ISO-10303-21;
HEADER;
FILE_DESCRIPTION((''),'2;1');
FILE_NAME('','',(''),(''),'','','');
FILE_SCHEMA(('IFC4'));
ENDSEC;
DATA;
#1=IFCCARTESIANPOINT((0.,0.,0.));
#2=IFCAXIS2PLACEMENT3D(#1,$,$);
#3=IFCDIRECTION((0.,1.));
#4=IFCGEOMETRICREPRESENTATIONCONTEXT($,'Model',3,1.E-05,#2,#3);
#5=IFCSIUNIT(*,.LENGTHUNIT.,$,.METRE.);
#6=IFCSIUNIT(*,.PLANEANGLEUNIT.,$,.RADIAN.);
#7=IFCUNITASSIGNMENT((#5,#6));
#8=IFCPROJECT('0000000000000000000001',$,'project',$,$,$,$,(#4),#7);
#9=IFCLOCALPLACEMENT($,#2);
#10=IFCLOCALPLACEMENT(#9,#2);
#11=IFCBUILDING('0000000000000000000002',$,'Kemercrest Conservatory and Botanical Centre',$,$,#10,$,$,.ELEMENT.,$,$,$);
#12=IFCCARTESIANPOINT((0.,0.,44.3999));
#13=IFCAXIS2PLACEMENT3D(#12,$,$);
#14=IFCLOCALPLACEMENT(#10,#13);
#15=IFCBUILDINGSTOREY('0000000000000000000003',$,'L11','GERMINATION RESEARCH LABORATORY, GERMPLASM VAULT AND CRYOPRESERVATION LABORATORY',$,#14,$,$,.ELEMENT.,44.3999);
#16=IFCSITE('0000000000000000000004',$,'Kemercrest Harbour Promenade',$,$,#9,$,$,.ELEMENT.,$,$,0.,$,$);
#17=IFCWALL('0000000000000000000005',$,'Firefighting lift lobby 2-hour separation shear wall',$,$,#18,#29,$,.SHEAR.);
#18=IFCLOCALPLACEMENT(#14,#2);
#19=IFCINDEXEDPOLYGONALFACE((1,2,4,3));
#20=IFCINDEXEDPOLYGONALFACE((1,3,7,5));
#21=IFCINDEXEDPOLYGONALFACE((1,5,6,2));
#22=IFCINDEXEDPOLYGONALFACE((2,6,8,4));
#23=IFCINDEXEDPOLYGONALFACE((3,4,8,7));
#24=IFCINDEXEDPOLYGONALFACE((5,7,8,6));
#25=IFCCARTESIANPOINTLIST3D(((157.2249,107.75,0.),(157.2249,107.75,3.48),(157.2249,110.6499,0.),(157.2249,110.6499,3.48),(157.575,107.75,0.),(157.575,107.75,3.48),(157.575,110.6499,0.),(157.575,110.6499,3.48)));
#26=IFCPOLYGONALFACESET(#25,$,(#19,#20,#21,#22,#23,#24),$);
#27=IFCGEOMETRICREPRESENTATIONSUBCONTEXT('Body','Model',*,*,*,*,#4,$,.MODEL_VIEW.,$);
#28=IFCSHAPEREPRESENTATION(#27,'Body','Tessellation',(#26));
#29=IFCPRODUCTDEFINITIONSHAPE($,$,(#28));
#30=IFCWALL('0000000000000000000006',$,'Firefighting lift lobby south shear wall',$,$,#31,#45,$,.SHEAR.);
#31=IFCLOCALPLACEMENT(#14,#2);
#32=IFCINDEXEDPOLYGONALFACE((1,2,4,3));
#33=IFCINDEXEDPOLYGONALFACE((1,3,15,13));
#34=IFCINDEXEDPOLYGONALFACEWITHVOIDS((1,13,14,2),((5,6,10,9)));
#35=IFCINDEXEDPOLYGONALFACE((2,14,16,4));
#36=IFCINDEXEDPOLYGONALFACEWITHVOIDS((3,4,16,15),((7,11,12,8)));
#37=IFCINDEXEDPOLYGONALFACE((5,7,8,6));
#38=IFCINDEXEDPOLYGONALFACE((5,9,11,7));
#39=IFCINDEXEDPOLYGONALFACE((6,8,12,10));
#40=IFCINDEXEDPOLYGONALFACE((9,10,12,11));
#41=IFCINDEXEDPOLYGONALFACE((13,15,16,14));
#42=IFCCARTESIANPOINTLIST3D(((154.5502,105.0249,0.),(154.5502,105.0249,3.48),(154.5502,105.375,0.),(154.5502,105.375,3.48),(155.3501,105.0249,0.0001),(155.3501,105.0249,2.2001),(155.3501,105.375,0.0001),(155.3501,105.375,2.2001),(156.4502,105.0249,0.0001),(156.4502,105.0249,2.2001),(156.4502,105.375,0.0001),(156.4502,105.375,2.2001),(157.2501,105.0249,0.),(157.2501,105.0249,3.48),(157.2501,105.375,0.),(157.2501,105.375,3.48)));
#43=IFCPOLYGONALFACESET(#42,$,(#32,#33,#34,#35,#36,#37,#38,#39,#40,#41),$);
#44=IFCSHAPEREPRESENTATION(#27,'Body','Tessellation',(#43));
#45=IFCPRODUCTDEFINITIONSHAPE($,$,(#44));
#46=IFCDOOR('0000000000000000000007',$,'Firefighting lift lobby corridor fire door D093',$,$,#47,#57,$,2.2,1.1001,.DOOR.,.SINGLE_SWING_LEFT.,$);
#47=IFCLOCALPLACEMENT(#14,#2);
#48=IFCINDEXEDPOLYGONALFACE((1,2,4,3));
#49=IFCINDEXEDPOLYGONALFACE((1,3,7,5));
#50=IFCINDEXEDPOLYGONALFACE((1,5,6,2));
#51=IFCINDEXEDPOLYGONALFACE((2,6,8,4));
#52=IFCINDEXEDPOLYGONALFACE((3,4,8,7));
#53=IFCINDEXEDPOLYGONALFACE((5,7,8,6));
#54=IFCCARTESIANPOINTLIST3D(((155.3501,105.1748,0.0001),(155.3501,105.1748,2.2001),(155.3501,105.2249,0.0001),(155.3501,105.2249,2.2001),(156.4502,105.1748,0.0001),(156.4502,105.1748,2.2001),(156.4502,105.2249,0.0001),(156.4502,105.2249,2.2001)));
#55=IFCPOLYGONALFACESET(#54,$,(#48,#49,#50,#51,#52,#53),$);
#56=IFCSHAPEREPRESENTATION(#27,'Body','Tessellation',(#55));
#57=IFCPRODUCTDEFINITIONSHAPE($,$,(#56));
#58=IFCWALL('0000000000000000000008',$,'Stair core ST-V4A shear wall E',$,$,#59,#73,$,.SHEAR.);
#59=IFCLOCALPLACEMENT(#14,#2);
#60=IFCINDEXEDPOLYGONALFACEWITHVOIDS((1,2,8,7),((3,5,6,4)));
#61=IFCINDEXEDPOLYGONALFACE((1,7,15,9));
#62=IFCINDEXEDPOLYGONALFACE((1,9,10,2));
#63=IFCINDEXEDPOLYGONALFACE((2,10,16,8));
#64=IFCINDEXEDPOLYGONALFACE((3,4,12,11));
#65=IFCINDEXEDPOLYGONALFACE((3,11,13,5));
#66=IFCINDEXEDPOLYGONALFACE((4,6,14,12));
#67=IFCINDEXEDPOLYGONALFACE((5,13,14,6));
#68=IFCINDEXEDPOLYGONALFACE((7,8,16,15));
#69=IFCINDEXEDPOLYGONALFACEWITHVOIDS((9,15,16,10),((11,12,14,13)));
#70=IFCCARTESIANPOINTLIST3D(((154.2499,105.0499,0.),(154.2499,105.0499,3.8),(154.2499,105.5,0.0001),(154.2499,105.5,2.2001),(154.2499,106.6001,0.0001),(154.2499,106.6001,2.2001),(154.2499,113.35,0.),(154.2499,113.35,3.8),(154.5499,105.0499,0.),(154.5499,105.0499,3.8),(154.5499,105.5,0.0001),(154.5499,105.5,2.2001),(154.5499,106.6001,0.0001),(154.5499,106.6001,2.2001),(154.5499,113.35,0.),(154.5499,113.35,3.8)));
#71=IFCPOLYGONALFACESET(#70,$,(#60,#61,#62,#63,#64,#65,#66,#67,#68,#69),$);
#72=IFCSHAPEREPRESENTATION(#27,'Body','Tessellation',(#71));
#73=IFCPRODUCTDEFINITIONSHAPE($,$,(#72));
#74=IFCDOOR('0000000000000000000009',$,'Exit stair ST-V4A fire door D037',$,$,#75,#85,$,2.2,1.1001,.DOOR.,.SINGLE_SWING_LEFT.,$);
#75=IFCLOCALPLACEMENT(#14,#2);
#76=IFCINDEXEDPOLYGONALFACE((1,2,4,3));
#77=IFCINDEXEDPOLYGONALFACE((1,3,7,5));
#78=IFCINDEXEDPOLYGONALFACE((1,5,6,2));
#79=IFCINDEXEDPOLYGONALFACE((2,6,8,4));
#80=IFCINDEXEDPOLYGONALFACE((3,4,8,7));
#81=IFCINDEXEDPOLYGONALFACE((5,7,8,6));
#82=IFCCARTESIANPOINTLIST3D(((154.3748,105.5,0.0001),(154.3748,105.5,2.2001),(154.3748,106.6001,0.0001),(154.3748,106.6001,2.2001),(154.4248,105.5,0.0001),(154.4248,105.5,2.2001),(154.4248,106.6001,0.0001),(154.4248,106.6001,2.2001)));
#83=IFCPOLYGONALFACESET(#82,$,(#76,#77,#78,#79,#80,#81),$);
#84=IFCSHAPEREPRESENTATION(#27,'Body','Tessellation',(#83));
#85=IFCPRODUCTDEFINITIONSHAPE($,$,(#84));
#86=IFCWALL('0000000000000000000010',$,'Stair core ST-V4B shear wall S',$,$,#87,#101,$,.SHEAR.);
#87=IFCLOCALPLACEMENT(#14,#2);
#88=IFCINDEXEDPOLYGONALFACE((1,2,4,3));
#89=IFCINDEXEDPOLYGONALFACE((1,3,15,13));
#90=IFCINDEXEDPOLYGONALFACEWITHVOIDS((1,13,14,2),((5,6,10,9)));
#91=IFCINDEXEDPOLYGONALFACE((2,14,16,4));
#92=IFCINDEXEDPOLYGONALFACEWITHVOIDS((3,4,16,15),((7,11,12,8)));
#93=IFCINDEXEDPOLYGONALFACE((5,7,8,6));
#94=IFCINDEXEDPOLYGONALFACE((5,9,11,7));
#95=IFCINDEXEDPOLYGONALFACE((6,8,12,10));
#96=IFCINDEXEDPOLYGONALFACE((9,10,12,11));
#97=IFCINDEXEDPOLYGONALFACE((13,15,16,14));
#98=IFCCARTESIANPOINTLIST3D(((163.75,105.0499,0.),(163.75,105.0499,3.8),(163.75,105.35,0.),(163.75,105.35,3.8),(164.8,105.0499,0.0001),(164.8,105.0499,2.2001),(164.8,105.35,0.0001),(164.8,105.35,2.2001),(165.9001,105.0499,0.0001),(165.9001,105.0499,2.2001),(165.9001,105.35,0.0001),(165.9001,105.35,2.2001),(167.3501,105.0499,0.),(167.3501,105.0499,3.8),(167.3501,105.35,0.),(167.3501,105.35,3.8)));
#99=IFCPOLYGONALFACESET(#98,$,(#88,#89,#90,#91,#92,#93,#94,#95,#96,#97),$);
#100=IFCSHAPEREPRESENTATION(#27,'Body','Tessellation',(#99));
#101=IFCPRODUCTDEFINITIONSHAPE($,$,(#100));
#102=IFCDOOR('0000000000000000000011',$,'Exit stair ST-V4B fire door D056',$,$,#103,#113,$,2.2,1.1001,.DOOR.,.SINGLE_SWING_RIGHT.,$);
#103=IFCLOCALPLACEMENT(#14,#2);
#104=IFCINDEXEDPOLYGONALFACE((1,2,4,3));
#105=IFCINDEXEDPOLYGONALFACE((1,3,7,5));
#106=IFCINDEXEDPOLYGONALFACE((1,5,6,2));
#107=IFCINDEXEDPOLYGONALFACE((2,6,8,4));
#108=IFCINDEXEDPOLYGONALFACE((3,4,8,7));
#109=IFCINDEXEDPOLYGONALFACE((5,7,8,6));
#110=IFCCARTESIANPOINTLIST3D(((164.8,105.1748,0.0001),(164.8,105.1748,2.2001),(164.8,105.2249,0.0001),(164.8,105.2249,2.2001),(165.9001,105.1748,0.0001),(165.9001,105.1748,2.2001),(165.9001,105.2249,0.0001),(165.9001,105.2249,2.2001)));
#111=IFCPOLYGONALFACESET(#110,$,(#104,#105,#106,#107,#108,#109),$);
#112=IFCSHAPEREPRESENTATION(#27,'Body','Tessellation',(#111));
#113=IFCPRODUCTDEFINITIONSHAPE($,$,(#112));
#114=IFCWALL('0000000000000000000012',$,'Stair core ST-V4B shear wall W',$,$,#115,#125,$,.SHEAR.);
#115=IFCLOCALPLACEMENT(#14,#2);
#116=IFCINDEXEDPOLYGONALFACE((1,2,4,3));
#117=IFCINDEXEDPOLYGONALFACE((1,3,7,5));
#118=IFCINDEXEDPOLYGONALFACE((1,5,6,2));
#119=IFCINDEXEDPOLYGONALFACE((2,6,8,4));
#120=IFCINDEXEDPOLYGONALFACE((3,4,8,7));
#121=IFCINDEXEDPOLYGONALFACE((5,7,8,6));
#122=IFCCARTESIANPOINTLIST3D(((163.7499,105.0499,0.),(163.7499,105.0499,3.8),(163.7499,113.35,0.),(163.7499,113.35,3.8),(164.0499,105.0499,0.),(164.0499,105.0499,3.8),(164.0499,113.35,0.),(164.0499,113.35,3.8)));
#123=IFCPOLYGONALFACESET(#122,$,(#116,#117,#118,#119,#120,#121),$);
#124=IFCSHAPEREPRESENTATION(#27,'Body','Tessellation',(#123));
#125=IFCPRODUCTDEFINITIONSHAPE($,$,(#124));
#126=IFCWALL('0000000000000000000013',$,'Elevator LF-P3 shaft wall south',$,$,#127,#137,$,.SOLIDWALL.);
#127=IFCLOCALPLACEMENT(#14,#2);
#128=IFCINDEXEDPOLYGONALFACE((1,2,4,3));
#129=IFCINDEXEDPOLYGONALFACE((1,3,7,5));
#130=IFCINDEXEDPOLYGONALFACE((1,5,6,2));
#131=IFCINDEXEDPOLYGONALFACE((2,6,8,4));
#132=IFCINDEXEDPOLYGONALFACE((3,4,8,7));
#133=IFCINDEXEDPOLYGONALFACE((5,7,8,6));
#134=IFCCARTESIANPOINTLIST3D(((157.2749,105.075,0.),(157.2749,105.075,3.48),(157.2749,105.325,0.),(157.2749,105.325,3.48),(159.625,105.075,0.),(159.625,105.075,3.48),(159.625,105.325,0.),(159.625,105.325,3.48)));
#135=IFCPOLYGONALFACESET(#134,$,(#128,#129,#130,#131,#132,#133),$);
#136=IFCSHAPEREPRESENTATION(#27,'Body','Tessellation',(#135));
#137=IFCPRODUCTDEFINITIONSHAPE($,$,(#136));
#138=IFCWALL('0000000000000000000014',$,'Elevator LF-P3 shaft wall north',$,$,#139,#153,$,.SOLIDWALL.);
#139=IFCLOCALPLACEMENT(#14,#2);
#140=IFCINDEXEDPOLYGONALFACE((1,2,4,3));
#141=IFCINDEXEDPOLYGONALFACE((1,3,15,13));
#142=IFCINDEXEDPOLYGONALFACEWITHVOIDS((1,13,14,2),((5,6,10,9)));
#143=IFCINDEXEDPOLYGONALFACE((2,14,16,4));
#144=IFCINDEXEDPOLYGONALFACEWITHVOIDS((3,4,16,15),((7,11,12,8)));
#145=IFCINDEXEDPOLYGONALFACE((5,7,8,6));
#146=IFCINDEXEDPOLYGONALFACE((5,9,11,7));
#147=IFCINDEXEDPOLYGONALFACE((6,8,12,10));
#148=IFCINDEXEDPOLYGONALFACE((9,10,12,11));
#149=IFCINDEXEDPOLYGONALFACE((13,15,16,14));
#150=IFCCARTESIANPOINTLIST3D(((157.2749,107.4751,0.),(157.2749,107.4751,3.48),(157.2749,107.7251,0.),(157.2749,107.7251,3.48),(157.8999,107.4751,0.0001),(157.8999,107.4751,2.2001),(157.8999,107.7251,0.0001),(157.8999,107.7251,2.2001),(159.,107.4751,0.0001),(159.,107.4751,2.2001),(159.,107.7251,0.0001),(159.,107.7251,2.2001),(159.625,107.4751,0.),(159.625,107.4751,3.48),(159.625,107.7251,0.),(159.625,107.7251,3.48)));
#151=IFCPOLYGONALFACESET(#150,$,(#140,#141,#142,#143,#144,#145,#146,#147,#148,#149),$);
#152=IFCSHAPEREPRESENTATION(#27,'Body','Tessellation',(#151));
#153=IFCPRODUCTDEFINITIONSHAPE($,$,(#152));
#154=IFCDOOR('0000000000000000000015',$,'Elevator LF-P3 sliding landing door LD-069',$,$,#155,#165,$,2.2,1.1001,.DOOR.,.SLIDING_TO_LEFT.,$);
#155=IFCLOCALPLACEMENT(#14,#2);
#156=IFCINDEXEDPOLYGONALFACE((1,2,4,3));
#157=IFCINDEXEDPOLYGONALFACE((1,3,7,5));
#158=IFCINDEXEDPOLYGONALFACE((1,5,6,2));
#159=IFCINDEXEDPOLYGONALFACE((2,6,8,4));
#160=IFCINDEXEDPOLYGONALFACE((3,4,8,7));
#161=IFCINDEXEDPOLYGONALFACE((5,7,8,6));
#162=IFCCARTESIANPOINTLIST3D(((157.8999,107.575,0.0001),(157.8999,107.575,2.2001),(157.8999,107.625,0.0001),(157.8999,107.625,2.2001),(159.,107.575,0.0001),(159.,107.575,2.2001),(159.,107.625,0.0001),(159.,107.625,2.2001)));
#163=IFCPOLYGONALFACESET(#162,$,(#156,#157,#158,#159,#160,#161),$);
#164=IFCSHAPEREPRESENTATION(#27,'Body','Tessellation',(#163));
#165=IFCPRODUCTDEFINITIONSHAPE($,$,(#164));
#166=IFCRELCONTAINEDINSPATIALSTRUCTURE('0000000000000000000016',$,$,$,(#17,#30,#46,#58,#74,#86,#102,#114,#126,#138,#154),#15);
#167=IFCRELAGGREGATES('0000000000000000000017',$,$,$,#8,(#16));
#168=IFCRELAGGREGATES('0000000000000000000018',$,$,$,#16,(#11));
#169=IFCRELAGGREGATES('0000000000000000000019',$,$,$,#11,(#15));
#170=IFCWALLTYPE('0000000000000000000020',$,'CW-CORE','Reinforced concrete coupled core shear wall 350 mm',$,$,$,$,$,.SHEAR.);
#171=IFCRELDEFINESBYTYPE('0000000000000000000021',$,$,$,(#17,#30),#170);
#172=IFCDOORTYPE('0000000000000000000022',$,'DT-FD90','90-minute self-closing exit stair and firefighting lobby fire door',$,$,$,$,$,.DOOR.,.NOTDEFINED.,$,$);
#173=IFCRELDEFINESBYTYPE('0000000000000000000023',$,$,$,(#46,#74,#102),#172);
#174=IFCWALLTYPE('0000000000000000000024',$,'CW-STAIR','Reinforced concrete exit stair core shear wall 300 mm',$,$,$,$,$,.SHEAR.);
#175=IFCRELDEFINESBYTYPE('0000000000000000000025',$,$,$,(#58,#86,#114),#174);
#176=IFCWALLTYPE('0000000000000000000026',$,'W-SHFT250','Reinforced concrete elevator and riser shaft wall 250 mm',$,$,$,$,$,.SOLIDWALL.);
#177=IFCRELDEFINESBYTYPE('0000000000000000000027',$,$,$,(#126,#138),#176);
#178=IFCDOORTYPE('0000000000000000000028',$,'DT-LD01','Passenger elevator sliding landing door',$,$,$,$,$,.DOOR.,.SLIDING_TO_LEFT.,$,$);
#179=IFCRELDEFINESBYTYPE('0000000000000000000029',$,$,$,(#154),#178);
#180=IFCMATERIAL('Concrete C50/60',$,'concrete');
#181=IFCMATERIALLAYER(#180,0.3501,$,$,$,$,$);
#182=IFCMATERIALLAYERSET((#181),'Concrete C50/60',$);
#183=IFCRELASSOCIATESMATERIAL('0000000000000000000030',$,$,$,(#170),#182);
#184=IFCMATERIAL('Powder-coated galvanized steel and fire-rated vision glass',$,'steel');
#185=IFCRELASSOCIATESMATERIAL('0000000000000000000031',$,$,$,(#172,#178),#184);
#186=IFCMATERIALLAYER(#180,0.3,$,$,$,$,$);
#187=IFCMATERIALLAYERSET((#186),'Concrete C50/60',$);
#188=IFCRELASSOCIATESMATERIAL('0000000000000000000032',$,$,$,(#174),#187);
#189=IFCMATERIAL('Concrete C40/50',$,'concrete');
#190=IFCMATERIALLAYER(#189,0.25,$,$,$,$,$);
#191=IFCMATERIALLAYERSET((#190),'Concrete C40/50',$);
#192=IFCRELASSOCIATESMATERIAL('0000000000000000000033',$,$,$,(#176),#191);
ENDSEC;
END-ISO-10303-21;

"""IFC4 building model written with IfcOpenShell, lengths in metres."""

from ifc_helpers import new_model, si_unit, direction, frame, frame_2d, origin, place, context, subcontext, project, spatial, rectangle, extrude, material, layer, layer_set, type_object, element, fill, save


model = new_model("IFC4")

# Units and contexts
model_context = context("Model", 3, precision=1e-05, world=origin(), true_north=direction((0.0, 1.0)))
body_context = subcontext(model_context, "Body", "Model", "MODEL_VIEW")
ifc_project = project(units=[si_unit("LENGTHUNIT", "METRE"), si_unit("PLANEANGLEUNIT", "RADIAN")], contexts=[model_context])

# Site, building, storey
site_placement = place(None, origin())
site = spatial("IfcSite", under=ifc_project, at=site_placement, Name="Kemercrest Harbour Promenade", CompositionType="ELEMENT", RefElevation=0.0)
building_placement = place(site_placement, origin())
building = spatial("IfcBuilding", under=site, at=building_placement, Name="Kemercrest Conservatory and Botanical Centre", CompositionType="ELEMENT")
storey_placement = place(building_placement, frame((0.0, 0.0, 44.3999)))
storey = spatial("IfcBuildingStorey", under=building, at=storey_placement, Name="L11", Description="GERMINATION RESEARCH LABORATORY, GERMPLASM VAULT AND CRYOPRESERVATION LABORATORY", CompositionType="ELEMENT", Elevation=44.3999)

# Wall
ifc_material_1 = material(Name="Concrete C50/60", Category="concrete")
ifc_layer_1 = layer(ifc_material_1, 0.3501)
ifc_layer_set_1 = layer_set([ifc_layer_1], Name="Concrete C50/60")
wall_type_1 = type_object("IfcWallType", Name="CW-CORE", Description="Reinforced concrete coupled core shear wall 350 mm", PredefinedType="SHEAR", material=ifc_layer_set_1)
wall_1_placement = place(storey_placement, frame((157.3999, 107.75, 0.0), z_axis=(0.0, 0.0, 1.0), x_axis=(0.0, 1.0, 0.0)))
element("IfcWall", 1, at=wall_1_placement, inside=storey, type_object=wall_type_1, Name="Firefighting lift lobby 2-hour separation shear wall", PredefinedType="SHEAR", context=body_context, shape_type="SweptSolid", body=[
    extrude(rectangle(XDim=2.8999, YDim=0.3501, at=frame_2d((1.45, 0.0))), origin(), (0.0, 0.0, 1.0), 3.48),
])

# Walls, openings, doors
wall_2_placement = place(storey_placement, frame((154.55, 105.2, 0.0), z_axis=(0.0, 0.0, 1.0), x_axis=(1.0, 0.0, 0.0)))
wall_2 = element("IfcWall", 2, at=wall_2_placement, inside=storey, type_object=wall_type_1, Name="Firefighting lift lobby south shear wall", PredefinedType="SHEAR", context=body_context, shape_type="SweptSolid", body=[
    extrude(rectangle(XDim=2.7, YDim=0.3501, at=frame_2d((1.3501, 0.0))), origin(), (0.0, 0.0, 1.0), 3.48),
])
opening_1_placement = place(wall_2_placement, frame((0.8, 0.0, 0.0)))
opening_1 = element("IfcOpeningElement", 3, at=opening_1_placement, cuts=wall_2, PredefinedType="OPENING", context=body_context, shape_type="SweptSolid", body=[
    extrude(rectangle(XDim=1.1001, YDim=2.2, at=frame_2d((0.55, 1.1001))), frame((0.0, 0.1851, 0.0), z_axis=(0.0, -1.0, 0.0), x_axis=(1.0, 0.0, 0.0)), (0.0, 0.0, 1.0), 0.3701),
])
ifc_material_2 = material(Name="Powder-coated galvanized steel and fire-rated vision glass", Category="steel")
door_type_1 = type_object("IfcDoorType", Name="DT-FD90", Description="90-minute self-closing exit stair and firefighting lobby fire door", OperationType="NOTDEFINED", PredefinedType="DOOR", material=ifc_material_2)
door_1_placement = place(opening_1_placement, origin())
door_1 = element("IfcDoor", 4, at=door_1_placement, inside=storey, type_object=door_type_1, Name="Firefighting lift lobby corridor fire door D093", OperationType="SINGLE_SWING_LEFT", OverallHeight=2.2, OverallWidth=1.1001, PredefinedType="DOOR", context=body_context, shape_type="SweptSolid", body=[
    extrude(rectangle(XDim=1.1001, YDim=2.2, at=frame_2d((0.55, 1.1001))), frame((0.0, 0.0249, 0.0), z_axis=(0.0, -1.0, 0.0), x_axis=(1.0, 0.0, 0.0)), (0.0, 0.0, 1.0), 0.05),
])
fill(opening_1, door_1)
ifc_layer_2 = layer(ifc_material_1, 0.3)
ifc_layer_set_2 = layer_set([ifc_layer_2], Name="Concrete C50/60")
wall_type_2 = type_object("IfcWallType", Name="CW-STAIR", Description="Reinforced concrete exit stair core shear wall 300 mm", PredefinedType="SHEAR", material=ifc_layer_set_2)
wall_3_placement = place(storey_placement, frame((154.3999, 105.05, 0.0), z_axis=(0.0, 0.0, 1.0), x_axis=(0.0, 1.0, 0.0)))
wall_3 = element("IfcWall", 5, at=wall_3_placement, inside=storey, type_object=wall_type_2, Name="Stair core ST-V4A shear wall E", PredefinedType="SHEAR", context=body_context, shape_type="SweptSolid", body=[
    extrude(rectangle(XDim=8.3, YDim=0.3, at=frame_2d((4.1499, 0.0))), origin(), (0.0, 0.0, 1.0), 3.8),
])
opening_2_placement = place(wall_3_placement, frame((0.45, 0.0, 0.0)))
opening_2 = element("IfcOpeningElement", 6, at=opening_2_placement, cuts=wall_3, PredefinedType="OPENING", context=body_context, shape_type="SweptSolid", body=[
    extrude(rectangle(XDim=1.1001, YDim=2.2, at=frame_2d((0.55, 1.1001))), frame((0.0, 0.1602, 0.0), z_axis=(0.0, -1.0, 0.0), x_axis=(1.0, 0.0, 0.0)), (0.0, 0.0, 1.0), 0.3201),
])
door_2_placement = place(opening_2_placement, frame((1.1001, 0.0, 0.0), z_axis=(0.0, 0.0, 1.0), x_axis=(-1.0, 0.0, 0.0)))
door_2 = element("IfcDoor", 7, at=door_2_placement, inside=storey, type_object=door_type_1, Name="Exit stair ST-V4A fire door D037", OperationType="SINGLE_SWING_LEFT", OverallHeight=2.2, OverallWidth=1.1001, PredefinedType="DOOR", context=body_context, shape_type="SweptSolid", body=[
    extrude(rectangle(XDim=1.1001, YDim=2.2, at=frame_2d((0.55, 1.1001))), frame((0.0, 0.0249, 0.0), z_axis=(0.0, -1.0, 0.0), x_axis=(1.0, 0.0, 0.0)), (0.0, 0.0, 1.0), 0.05),
])
fill(opening_2, door_2)
wall_4_placement = place(storey_placement, frame((163.75, 105.2, 0.0), z_axis=(0.0, 0.0, 1.0), x_axis=(1.0, 0.0, 0.0)))
wall_4 = element("IfcWall", 8, at=wall_4_placement, inside=storey, type_object=wall_type_2, Name="Stair core ST-V4B shear wall S", PredefinedType="SHEAR", context=body_context, shape_type="SweptSolid", body=[
    extrude(rectangle(XDim=3.6001, YDim=0.3, at=frame_2d((1.8, 0.0))), origin(), (0.0, 0.0, 1.0), 3.8),
])
opening_3_placement = place(wall_4_placement, frame((1.05, 0.0, 0.0)))
opening_3 = element("IfcOpeningElement", 9, at=opening_3_placement, cuts=wall_4, PredefinedType="OPENING", context=body_context, shape_type="SweptSolid", body=[
    extrude(rectangle(XDim=1.1001, YDim=2.2, at=frame_2d((0.55, 1.1001))), frame((0.0, 0.1602, 0.0), z_axis=(0.0, -1.0, 0.0), x_axis=(1.0, 0.0, 0.0)), (0.0, 0.0, 1.0), 0.3201),
])
door_3_placement = place(opening_3_placement, origin())
door_3 = element("IfcDoor", 10, at=door_3_placement, inside=storey, type_object=door_type_1, Name="Exit stair ST-V4B fire door D056", OperationType="SINGLE_SWING_RIGHT", OverallHeight=2.2, OverallWidth=1.1001, PredefinedType="DOOR", context=body_context, shape_type="SweptSolid", body=[
    extrude(rectangle(XDim=1.1001, YDim=2.2, at=frame_2d((0.55, 1.1001))), frame((0.0, 0.0249, 0.0), z_axis=(0.0, -1.0, 0.0), x_axis=(1.0, 0.0, 0.0)), (0.0, 0.0, 1.0), 0.05),
])
fill(opening_3, door_3)

# Walls
wall_5_placement = place(storey_placement, frame((163.8999, 105.05, 0.0), z_axis=(0.0, 0.0, 1.0), x_axis=(0.0, 1.0, 0.0)))
element("IfcWall", 11, at=wall_5_placement, inside=storey, type_object=wall_type_2, Name="Stair core ST-V4B shear wall W", PredefinedType="SHEAR", context=body_context, shape_type="SweptSolid", body=[
    extrude(rectangle(XDim=8.3, YDim=0.3, at=frame_2d((4.1499, 0.0))), origin(), (0.0, 0.0, 1.0), 3.8),
])
ifc_material_3 = material(Name="Concrete C40/50", Category="concrete")
ifc_layer_3 = layer(ifc_material_3, 0.25)
ifc_layer_set_3 = layer_set([ifc_layer_3], Name="Concrete C40/50")
wall_type_3 = type_object("IfcWallType", Name="W-SHFT250", Description="Reinforced concrete elevator and riser shaft wall 250 mm", PredefinedType="SOLIDWALL", material=ifc_layer_set_3)
wall_6_placement = place(storey_placement, frame((157.2749, 105.2, 0.0), z_axis=(0.0, 0.0, 1.0), x_axis=(1.0, 0.0, 0.0)))
element("IfcWall", 12, at=wall_6_placement, inside=storey, type_object=wall_type_3, Name="Elevator LF-P3 shaft wall south", PredefinedType="SOLIDWALL", context=body_context, shape_type="SweptSolid", body=[
    extrude(rectangle(XDim=2.3501, YDim=0.25, at=frame_2d((1.175, 0.0))), origin(), (0.0, 0.0, 1.0), 3.48),
])

# Wall, opening, door
wall_7_placement = place(storey_placement, frame((157.2749, 107.6001, 0.0), z_axis=(0.0, 0.0, 1.0), x_axis=(1.0, 0.0, 0.0)))
wall_7 = element("IfcWall", 13, at=wall_7_placement, inside=storey, type_object=wall_type_3, Name="Elevator LF-P3 shaft wall north", PredefinedType="SOLIDWALL", context=body_context, shape_type="SweptSolid", body=[
    extrude(rectangle(XDim=2.3501, YDim=0.25, at=frame_2d((1.175, 0.0))), origin(), (0.0, 0.0, 1.0), 3.48),
])
opening_4_placement = place(wall_7_placement, frame((0.625, 0.0, 0.0)))
opening_4 = element("IfcOpeningElement", 14, at=opening_4_placement, cuts=wall_7, PredefinedType="OPENING", context=body_context, shape_type="SweptSolid", body=[
    extrude(rectangle(XDim=1.1001, YDim=2.2, at=frame_2d((0.55, 1.1001))), frame((0.0, 0.135, 0.0), z_axis=(0.0, -1.0, 0.0), x_axis=(1.0, 0.0, 0.0)), (0.0, 0.0, 1.0), 0.27),
])
door_type_2 = type_object("IfcDoorType", Name="DT-LD01", Description="Passenger elevator sliding landing door", OperationType="SLIDING_TO_LEFT", PredefinedType="DOOR", material=ifc_material_2)
door_4_placement = place(opening_4_placement, origin())
door_4 = element("IfcDoor", 15, at=door_4_placement, inside=storey, type_object=door_type_2, Name="Elevator LF-P3 sliding landing door LD-069", OperationType="SLIDING_TO_LEFT", OverallHeight=2.2, OverallWidth=1.1001, PredefinedType="DOOR", context=body_context, shape_type="SweptSolid", body=[
    extrude(rectangle(XDim=1.1001, YDim=2.2, at=frame_2d((0.55, 1.1001))), frame((0.0, 0.0249, 0.0), z_axis=(0.0, -1.0, 0.0), x_axis=(1.0, 0.0, 0.0)), (0.0, 0.0, 1.0), 0.05),
])
fill(opening_4, door_4)

save(model, "model.ifc")
